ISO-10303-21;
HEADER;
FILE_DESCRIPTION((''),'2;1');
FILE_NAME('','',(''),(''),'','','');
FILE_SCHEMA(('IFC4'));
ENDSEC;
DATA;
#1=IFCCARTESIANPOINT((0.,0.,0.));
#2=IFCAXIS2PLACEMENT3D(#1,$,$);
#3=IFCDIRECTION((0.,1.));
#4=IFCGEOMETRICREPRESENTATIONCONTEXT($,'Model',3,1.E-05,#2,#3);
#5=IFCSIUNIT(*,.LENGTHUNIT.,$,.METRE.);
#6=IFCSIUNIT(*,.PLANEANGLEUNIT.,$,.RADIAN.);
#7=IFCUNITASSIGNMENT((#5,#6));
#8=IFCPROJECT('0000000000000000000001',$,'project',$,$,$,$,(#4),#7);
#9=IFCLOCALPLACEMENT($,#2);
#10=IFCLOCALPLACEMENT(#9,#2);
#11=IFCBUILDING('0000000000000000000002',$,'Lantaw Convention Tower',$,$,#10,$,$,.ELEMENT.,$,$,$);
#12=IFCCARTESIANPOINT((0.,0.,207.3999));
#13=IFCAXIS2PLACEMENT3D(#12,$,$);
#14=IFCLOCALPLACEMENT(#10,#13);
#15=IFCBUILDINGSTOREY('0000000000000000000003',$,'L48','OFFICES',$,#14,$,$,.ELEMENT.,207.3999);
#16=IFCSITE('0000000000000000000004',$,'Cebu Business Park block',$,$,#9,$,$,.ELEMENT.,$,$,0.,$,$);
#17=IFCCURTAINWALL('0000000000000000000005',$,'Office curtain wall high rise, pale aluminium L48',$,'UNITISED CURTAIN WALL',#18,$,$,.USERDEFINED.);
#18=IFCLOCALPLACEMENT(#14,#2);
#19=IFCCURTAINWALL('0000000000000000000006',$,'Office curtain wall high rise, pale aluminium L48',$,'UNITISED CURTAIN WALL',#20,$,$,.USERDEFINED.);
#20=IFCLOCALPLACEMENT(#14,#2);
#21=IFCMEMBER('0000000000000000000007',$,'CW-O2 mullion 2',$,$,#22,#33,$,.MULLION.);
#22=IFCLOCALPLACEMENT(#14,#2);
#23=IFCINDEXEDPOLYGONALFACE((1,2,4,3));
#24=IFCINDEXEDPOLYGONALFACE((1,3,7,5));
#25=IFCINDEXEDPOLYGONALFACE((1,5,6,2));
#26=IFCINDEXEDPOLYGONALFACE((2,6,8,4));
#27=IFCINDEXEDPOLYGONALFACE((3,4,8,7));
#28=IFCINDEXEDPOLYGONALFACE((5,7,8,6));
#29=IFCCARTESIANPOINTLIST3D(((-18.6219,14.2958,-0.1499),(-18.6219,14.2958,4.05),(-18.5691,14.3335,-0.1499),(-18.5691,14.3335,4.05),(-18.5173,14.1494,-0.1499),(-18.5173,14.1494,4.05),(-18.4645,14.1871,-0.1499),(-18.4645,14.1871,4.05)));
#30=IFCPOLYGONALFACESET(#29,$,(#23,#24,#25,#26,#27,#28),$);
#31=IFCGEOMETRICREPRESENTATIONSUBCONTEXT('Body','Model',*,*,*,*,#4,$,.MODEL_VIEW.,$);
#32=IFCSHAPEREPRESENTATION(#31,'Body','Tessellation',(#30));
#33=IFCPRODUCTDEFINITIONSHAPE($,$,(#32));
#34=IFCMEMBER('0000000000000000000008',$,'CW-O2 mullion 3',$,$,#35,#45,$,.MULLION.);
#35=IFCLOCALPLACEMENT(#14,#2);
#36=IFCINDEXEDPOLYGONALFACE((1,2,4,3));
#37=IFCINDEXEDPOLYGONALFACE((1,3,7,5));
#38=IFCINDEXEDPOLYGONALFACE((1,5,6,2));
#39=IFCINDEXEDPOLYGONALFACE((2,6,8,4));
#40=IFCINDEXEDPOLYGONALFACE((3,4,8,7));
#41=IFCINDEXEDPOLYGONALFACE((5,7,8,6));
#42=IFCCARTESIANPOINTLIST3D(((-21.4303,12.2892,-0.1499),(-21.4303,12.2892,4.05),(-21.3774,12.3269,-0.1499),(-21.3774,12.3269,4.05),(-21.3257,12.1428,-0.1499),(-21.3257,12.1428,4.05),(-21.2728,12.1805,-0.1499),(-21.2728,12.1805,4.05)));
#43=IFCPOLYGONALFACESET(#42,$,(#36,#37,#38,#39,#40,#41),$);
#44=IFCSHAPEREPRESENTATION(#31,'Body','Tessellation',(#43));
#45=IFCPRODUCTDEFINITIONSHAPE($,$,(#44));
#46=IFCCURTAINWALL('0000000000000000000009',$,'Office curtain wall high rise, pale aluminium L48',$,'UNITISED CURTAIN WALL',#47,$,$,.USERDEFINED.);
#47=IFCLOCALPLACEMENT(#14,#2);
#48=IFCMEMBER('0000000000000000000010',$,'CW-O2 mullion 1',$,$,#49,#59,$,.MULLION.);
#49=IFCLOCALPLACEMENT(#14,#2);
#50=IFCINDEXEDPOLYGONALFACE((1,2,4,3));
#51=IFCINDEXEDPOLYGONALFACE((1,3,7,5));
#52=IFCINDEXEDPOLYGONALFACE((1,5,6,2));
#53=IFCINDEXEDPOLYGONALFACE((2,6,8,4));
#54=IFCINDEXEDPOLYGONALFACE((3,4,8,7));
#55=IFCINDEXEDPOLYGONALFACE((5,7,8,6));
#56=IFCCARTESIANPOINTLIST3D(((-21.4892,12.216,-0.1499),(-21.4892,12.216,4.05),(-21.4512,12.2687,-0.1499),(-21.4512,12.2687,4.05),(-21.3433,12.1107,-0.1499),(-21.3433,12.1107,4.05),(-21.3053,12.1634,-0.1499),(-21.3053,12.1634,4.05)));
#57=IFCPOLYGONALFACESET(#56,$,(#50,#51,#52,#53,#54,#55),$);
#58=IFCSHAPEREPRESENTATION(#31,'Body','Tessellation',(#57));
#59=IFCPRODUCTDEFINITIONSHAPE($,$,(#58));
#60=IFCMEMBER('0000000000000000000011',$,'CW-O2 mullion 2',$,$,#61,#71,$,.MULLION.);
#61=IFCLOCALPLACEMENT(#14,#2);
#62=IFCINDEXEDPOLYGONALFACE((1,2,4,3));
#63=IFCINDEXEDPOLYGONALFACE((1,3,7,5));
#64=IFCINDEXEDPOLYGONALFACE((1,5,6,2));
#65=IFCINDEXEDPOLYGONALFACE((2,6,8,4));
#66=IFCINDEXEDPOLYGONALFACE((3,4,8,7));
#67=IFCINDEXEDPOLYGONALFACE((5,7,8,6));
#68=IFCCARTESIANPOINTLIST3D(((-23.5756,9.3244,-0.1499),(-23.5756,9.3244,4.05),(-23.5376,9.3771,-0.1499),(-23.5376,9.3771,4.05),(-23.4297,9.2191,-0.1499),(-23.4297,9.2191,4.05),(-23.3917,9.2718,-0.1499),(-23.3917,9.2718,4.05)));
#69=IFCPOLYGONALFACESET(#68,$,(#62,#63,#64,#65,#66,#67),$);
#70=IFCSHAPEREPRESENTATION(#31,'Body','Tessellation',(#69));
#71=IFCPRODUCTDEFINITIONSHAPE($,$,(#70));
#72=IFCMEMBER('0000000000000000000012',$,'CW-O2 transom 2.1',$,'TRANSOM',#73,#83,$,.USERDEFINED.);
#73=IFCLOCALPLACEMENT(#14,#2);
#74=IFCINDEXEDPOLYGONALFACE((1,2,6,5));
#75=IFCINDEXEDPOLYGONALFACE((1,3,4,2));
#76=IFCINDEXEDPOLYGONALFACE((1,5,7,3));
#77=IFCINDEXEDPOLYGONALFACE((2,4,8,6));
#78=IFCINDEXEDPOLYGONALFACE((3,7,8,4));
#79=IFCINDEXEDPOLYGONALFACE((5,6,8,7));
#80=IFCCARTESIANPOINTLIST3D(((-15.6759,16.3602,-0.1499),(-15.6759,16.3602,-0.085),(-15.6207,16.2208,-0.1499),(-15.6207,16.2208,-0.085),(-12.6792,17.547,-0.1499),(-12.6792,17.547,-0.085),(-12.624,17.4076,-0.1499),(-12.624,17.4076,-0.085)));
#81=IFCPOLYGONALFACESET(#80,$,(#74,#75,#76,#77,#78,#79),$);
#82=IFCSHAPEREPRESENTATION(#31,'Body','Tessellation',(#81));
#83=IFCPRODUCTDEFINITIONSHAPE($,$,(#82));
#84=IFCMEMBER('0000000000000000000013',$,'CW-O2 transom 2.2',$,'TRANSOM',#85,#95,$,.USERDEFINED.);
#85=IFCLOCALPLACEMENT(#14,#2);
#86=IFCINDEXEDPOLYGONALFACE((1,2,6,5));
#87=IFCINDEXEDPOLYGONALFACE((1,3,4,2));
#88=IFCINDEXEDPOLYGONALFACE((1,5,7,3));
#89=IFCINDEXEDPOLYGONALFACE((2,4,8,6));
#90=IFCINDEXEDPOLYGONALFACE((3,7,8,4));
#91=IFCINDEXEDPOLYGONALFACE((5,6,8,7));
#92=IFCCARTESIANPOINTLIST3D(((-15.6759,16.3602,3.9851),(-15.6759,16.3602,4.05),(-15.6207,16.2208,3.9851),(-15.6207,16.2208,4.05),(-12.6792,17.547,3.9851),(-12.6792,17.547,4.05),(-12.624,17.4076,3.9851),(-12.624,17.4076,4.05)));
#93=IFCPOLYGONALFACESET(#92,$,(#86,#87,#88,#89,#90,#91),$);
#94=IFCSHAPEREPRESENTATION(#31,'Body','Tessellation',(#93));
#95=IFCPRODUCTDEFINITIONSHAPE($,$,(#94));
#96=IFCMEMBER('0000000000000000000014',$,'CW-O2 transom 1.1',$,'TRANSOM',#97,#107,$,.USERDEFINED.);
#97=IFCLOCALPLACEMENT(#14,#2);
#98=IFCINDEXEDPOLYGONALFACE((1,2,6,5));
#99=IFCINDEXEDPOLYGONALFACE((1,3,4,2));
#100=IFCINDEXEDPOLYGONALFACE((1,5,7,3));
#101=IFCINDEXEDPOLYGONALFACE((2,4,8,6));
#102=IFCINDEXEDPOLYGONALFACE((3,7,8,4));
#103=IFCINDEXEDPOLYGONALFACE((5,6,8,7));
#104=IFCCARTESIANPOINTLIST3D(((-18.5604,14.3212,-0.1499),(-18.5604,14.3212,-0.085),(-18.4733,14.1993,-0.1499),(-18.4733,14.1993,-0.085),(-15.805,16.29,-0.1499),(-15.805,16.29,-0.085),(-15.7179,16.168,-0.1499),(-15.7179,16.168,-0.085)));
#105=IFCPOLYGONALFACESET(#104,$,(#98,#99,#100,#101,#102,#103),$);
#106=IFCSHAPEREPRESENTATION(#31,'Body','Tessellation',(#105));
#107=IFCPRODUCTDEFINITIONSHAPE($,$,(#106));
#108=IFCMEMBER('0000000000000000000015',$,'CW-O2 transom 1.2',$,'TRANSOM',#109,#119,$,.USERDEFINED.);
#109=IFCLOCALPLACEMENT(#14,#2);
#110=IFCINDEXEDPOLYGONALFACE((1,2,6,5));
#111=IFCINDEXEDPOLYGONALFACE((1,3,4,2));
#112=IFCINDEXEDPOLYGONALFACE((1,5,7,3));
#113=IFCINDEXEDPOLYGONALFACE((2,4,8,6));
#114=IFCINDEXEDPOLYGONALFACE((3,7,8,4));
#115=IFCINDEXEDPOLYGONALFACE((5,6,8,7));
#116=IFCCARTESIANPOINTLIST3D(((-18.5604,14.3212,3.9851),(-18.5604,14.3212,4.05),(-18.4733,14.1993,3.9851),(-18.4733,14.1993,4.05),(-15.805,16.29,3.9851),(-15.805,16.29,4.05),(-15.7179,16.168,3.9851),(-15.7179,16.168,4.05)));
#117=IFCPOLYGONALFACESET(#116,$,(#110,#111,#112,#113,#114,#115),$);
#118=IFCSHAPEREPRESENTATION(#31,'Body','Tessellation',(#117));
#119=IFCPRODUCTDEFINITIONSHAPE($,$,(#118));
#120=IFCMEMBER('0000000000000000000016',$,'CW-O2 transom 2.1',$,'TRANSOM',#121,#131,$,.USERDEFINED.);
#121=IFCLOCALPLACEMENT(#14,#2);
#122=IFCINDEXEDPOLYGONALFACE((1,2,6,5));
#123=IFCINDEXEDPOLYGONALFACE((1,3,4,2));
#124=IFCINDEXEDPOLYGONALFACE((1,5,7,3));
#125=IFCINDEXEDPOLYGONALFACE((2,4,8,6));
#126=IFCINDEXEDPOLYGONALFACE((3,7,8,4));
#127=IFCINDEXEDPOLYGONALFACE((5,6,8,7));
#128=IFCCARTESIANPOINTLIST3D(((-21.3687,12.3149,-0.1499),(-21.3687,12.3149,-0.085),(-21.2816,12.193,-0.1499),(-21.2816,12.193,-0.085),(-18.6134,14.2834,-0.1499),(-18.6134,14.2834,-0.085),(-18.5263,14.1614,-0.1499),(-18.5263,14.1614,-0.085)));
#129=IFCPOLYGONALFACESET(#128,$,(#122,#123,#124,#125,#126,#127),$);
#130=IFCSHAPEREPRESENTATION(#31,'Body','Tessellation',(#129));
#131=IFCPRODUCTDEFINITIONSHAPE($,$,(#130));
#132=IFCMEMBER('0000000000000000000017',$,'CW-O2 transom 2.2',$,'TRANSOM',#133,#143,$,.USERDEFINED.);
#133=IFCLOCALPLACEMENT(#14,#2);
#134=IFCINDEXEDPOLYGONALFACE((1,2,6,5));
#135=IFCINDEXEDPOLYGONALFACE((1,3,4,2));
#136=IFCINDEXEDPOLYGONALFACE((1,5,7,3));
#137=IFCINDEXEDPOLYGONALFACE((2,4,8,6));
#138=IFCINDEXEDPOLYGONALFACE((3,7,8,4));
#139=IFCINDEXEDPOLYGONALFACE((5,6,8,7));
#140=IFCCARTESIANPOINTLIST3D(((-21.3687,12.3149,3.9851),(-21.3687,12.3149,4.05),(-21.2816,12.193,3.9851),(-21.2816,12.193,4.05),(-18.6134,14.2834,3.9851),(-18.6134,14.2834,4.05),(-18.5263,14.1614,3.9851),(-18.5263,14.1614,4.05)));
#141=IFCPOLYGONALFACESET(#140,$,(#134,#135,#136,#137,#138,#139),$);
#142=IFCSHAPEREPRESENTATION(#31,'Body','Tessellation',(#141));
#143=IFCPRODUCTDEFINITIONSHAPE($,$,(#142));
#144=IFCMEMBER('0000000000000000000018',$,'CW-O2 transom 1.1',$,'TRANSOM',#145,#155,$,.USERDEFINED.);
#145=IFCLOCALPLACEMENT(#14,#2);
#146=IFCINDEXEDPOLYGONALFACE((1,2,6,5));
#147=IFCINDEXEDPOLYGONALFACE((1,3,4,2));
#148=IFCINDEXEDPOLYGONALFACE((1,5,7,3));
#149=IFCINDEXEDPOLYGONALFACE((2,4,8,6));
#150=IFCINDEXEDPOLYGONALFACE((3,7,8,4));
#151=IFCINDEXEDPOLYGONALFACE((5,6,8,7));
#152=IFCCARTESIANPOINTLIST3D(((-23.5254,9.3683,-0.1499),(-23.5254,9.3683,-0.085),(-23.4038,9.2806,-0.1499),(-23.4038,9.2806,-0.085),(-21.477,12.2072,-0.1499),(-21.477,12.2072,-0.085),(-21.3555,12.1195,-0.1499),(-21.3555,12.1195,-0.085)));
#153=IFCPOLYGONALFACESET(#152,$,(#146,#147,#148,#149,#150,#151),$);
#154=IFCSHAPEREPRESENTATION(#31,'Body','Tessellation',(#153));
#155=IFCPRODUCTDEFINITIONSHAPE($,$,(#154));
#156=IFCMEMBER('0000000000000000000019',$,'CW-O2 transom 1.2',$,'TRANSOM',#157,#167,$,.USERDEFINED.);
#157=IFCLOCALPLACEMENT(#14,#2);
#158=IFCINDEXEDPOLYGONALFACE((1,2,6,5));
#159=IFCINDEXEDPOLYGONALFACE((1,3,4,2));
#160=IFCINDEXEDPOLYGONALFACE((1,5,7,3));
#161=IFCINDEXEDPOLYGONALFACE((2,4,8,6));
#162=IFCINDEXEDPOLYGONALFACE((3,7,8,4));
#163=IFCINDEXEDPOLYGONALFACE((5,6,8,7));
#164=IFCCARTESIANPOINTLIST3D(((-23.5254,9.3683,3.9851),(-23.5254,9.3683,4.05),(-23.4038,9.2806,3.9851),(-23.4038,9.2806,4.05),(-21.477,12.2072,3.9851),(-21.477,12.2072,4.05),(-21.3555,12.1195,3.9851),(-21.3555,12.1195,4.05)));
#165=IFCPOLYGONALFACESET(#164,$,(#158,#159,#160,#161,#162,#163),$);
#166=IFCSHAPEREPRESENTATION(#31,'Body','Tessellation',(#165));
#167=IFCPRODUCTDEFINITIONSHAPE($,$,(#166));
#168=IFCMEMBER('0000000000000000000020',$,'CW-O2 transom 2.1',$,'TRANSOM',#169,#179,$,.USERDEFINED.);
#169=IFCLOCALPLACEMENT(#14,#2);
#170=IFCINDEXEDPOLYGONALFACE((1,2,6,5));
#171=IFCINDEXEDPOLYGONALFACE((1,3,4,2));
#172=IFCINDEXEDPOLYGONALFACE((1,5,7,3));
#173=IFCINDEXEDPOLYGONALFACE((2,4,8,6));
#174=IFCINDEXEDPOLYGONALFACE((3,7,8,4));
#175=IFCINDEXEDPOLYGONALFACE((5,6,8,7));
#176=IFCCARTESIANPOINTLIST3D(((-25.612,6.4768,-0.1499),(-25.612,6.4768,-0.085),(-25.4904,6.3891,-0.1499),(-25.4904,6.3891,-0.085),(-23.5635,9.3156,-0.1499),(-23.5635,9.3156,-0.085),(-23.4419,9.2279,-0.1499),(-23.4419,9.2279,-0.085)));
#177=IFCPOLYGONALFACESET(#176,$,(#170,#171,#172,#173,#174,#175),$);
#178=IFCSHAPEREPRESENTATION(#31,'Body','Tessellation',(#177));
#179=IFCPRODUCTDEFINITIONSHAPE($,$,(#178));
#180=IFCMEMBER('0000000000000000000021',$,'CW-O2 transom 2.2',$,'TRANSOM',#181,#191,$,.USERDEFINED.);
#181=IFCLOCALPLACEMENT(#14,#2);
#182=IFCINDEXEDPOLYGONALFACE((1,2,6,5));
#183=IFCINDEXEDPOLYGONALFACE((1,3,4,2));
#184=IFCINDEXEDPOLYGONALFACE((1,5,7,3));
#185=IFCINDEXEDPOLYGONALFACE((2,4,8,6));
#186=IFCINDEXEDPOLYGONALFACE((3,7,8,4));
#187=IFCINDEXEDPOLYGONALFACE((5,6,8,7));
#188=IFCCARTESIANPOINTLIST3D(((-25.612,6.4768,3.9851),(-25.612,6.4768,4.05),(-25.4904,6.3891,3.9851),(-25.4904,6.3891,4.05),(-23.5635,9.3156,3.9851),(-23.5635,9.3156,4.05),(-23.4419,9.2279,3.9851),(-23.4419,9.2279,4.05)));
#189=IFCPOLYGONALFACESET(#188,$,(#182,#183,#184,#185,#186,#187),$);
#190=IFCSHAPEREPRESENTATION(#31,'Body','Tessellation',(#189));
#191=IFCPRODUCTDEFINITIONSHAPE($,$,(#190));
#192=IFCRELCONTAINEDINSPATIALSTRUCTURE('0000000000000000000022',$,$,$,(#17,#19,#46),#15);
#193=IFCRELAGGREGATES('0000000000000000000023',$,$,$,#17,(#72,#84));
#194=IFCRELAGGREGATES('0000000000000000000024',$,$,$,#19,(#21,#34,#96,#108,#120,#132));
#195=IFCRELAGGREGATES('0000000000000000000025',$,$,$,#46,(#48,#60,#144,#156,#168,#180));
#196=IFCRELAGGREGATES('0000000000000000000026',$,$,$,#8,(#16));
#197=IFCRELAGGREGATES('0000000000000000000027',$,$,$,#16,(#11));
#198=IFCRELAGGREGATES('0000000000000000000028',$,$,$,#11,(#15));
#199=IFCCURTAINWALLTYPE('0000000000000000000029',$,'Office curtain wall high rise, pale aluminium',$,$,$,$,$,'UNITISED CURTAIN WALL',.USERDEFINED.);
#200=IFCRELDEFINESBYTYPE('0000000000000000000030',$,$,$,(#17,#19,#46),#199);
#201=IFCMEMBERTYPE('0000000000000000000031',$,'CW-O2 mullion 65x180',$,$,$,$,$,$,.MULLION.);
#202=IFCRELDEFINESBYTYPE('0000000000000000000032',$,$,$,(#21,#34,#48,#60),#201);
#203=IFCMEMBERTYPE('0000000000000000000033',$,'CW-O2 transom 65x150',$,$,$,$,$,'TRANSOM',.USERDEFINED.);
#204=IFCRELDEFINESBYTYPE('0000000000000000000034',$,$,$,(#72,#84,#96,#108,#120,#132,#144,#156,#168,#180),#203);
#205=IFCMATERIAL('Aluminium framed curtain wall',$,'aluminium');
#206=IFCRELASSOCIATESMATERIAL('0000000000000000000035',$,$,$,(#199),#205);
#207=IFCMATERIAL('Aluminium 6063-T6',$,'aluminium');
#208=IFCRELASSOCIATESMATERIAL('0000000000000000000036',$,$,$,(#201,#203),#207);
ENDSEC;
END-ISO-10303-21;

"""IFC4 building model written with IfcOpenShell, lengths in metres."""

from ifc_helpers import new_model, si_unit, direction, frame, origin, origin_2d, place, context, subcontext, project, spatial, rectangle, extrude, material, material_profile, profile_set, type_object, element, aggregate, save


model = new_model("IFC4")

# Units and contexts
model_context = context("Model", 3, precision=1e-05, world=origin(), true_north=direction((0.0, 1.0)))
body_context = subcontext(model_context, "Body", "Model", "MODEL_VIEW")
ifc_project = project(units=[si_unit("LENGTHUNIT", "METRE"), si_unit("PLANEANGLEUNIT", "RADIAN")], contexts=[model_context])

# Site, building, storey
site_placement = place(None, origin())
site = spatial("IfcSite", under=ifc_project, at=site_placement, Name="Cebu Business Park block", CompositionType="ELEMENT", RefElevation=0.0)
building_placement = place(site_placement, origin())
building = spatial("IfcBuilding", under=site, at=building_placement, Name="Lantaw Convention Tower", CompositionType="ELEMENT")
storey_placement = place(building_placement, frame((0.0, 0.0, 207.3999)))
storey = spatial("IfcBuildingStorey", under=building, at=storey_placement, Name="L48", Description="OFFICES", CompositionType="ELEMENT", Elevation=207.3999)

# Curtain walls, members
ifc_material_1 = material(Name="Aluminium framed curtain wall", Category="aluminium")
curtain_wall_type = type_object("IfcCurtainWallType", Name="Office curtain wall high rise, pale aluminium", ElementType="UNITISED CURTAIN WALL", PredefinedType="USERDEFINED", material=ifc_material_1)
curtain_wall_1_placement = place(storey_placement, origin())
curtain_wall_1 = element("IfcCurtainWall", 1, at=curtain_wall_1_placement, inside=storey, type_object=curtain_wall_type, Name="Office curtain wall high rise, pale aluminium L48", ObjectType="UNITISED CURTAIN WALL", PredefinedType="USERDEFINED")
ifc_material_2 = material(Name="Aluminium 6063-T6", Category="aluminium")
ifc_material_profile_1 = material_profile(ifc_material_2, rectangle(XDim=0.1799, YDim=0.0649, at=origin_2d()), Name="CW-O2 mullion 65x180")
ifc_profile_set_1 = profile_set([ifc_material_profile_1], Name="Aluminium 6063-T6")
member_type_1 = type_object("IfcMemberType", Name="CW-O2 mullion 65x180", PredefinedType="MULLION", material=ifc_profile_set_1)
curtain_wall_2_placement = place(storey_placement, origin())
curtain_wall_2 = element("IfcCurtainWall", 2, at=curtain_wall_2_placement, inside=storey, type_object=curtain_wall_type, Name="Office curtain wall high rise, pale aluminium L48", ObjectType="UNITISED CURTAIN WALL", PredefinedType="USERDEFINED")
member_1_placement = place(storey_placement, frame((-18.5432, 14.2415, -0.1499), z_axis=(0.0, 0.0, 1.0), x_axis=(0.581323, -0.813673, 0.0)))
member_1 = element("IfcMember", 3, at=member_1_placement, type_object=member_type_1, Name="CW-O2 mullion 2", PredefinedType="MULLION", context=body_context, shape_type="SweptSolid", body=[
    extrude(rectangle(XDim=0.1799, YDim=0.0649, at=origin_2d()), origin(), (0.0, 0.0, 1.0), 4.2),
])
member_2_placement = place(storey_placement, frame((-21.3516, 12.2349, -0.1499), z_axis=(0.0, 0.0, 1.0), x_axis=(0.581323, -0.813673, 0.0)))
member_2 = element("IfcMember", 4, at=member_2_placement, type_object=member_type_1, Name="CW-O2 mullion 3", PredefinedType="MULLION", context=body_context, shape_type="SweptSolid", body=[
    extrude(rectangle(XDim=0.1799, YDim=0.0649, at=origin_2d()), origin(), (0.0, 0.0, 1.0), 4.2),
])
curtain_wall_3_placement = place(storey_placement, origin())
curtain_wall_3 = element("IfcCurtainWall", 5, at=curtain_wall_3_placement, inside=storey, type_object=curtain_wall_type, Name="Office curtain wall high rise, pale aluminium L48", ObjectType="UNITISED CURTAIN WALL", PredefinedType="USERDEFINED")
member_3_placement = place(storey_placement, frame((-21.3972, 12.1897, -0.1499), z_axis=(0.0, 0.0, 1.0), x_axis=(0.81092, -0.585158, 0.0)))
member_3 = element("IfcMember", 6, at=member_3_placement, type_object=member_type_1, Name="CW-O2 mullion 1", PredefinedType="MULLION", context=body_context, shape_type="SweptSolid", body=[
    extrude(rectangle(XDim=0.1799, YDim=0.0649, at=origin_2d()), origin(), (0.0, 0.0, 1.0), 4.2),
])
member_4_placement = place(storey_placement, frame((-23.4836, 9.2981, -0.1499), z_axis=(0.0, 0.0, 1.0), x_axis=(0.81092, -0.585158, 0.0)))
member_4 = element("IfcMember", 7, at=member_4_placement, type_object=member_type_1, Name="CW-O2 mullion 2", PredefinedType="MULLION", context=body_context, shape_type="SweptSolid", body=[
    extrude(rectangle(XDim=0.1799, YDim=0.0649, at=origin_2d()), origin(), (0.0, 0.0, 1.0), 4.2),
])

# Members
ifc_material_profile_2 = material_profile(ifc_material_2, rectangle(XDim=0.1499, YDim=0.0649, at=origin_2d()), Name="CW-O2 transom 65x150")
ifc_profile_set_2 = profile_set([ifc_material_profile_2], Name="Aluminium 6063-T6")
member_type_2 = type_object("IfcMemberType", Name="CW-O2 transom 65x150", ElementType="TRANSOM", PredefinedType="USERDEFINED", material=ifc_profile_set_2)
member_5_placement = place(storey_placement, frame((-12.6516, 17.4773, -0.1174), z_axis=(-0.929741, -0.368215, 0.0), x_axis=(0.368215, -0.929741, 0.0)))
member_5 = element("IfcMember", 8, at=member_5_placement, type_object=member_type_2, Name="CW-O2 transom 2.1", ObjectType="TRANSOM", PredefinedType="USERDEFINED", context=body_context, shape_type="SweptSolid", body=[
    extrude(rectangle(XDim=0.1499, YDim=0.0649, at=origin_2d()), origin(), (0.0, 0.0, 1.0), 3.2231),
])
member_6_placement = place(storey_placement, frame((-12.6516, 17.4773, 4.0176), z_axis=(-0.929741, -0.368215, 0.0), x_axis=(0.368215, -0.929741, 0.0)))
member_6 = element("IfcMember", 9, at=member_6_placement, type_object=member_type_2, Name="CW-O2 transom 2.2", ObjectType="TRANSOM", PredefinedType="USERDEFINED", context=body_context, shape_type="SweptSolid", body=[
    extrude(rectangle(XDim=0.1499, YDim=0.0649, at=origin_2d()), origin(), (0.0, 0.0, 1.0), 3.2231),
])
member_7_placement = place(storey_placement, frame((-15.7615, 16.229, -0.1174), z_axis=(-0.813646, -0.581361, 0.0), x_axis=(0.581361, -0.813646, 0.0)))
member_7 = element("IfcMember", 10, at=member_7_placement, type_object=member_type_2, Name="CW-O2 transom 1.1", ObjectType="TRANSOM", PredefinedType="USERDEFINED", context=body_context, shape_type="SweptSolid", body=[
    extrude(rectangle(XDim=0.1499, YDim=0.0649, at=origin_2d()), origin(), (0.0, 0.0, 1.0), 3.3865),
])
member_8_placement = place(storey_placement, frame((-15.7615, 16.229, 4.0176), z_axis=(-0.813646, -0.581361, 0.0), x_axis=(0.581361, -0.813646, 0.0)))
member_8 = element("IfcMember", 11, at=member_8_placement, type_object=member_type_2, Name="CW-O2 transom 1.2", ObjectType="TRANSOM", PredefinedType="USERDEFINED", context=body_context, shape_type="SweptSolid", body=[
    extrude(rectangle(XDim=0.1499, YDim=0.0649, at=origin_2d()), origin(), (0.0, 0.0, 1.0), 3.3865),
])
member_9_placement = place(storey_placement, frame((-18.5698, 14.2224, -0.1174), z_axis=(-0.81368, -0.581313, 0.0), x_axis=(0.581313, -0.81368, 0.0)))
member_9 = element("IfcMember", 12, at=member_9_placement, type_object=member_type_2, Name="CW-O2 transom 2.1", ObjectType="TRANSOM", PredefinedType="USERDEFINED", context=body_context, shape_type="SweptSolid", body=[
    extrude(rectangle(XDim=0.1499, YDim=0.0649, at=origin_2d()), origin(), (0.0, 0.0, 1.0), 3.3862),
])
member_10_placement = place(storey_placement, frame((-18.5698, 14.2224, 4.0176), z_axis=(-0.81368, -0.581313, 0.0), x_axis=(0.581313, -0.81368, 0.0)))
member_10 = element("IfcMember", 13, at=member_10_placement, type_object=member_type_2, Name="CW-O2 transom 2.2", ObjectType="TRANSOM", PredefinedType="USERDEFINED", context=body_context, shape_type="SweptSolid", body=[
    extrude(rectangle(XDim=0.1499, YDim=0.0649, at=origin_2d()), origin(), (0.0, 0.0, 1.0), 3.3862),
])
member_11_placement = place(storey_placement, frame((-21.4163, 12.1633, -0.1174), z_axis=(-0.585124, -0.810944, 0.0), x_axis=(0.810944, -0.585124, 0.0)))
member_11 = element("IfcMember", 14, at=member_11_placement, type_object=member_type_2, Name="CW-O2 transom 1.1", ObjectType="TRANSOM", PredefinedType="USERDEFINED", context=body_context, shape_type="SweptSolid", body=[
    extrude(rectangle(XDim=0.1499, YDim=0.0649, at=origin_2d()), origin(), (0.0, 0.0, 1.0), 3.5007),
])
member_12_placement = place(storey_placement, frame((-21.4163, 12.1633, 4.0176), z_axis=(-0.585124, -0.810944, 0.0), x_axis=(0.810944, -0.585124, 0.0)))
member_12 = element("IfcMember", 15, at=member_12_placement, type_object=member_type_2, Name="CW-O2 transom 1.2", ObjectType="TRANSOM", PredefinedType="USERDEFINED", context=body_context, shape_type="SweptSolid", body=[
    extrude(rectangle(XDim=0.1499, YDim=0.0649, at=origin_2d()), origin(), (0.0, 0.0, 1.0), 3.5007),
])
member_13_placement = place(storey_placement, frame((-23.5027, 9.2717, -0.1174), z_axis=(-0.58517, -0.810911, 0.0), x_axis=(0.810911, -0.58517, 0.0)))
member_13 = element("IfcMember", 16, at=member_13_placement, type_object=member_type_2, Name="CW-O2 transom 2.1", ObjectType="TRANSOM", PredefinedType="USERDEFINED", context=body_context, shape_type="SweptSolid", body=[
    extrude(rectangle(XDim=0.1499, YDim=0.0649, at=origin_2d()), origin(), (0.0, 0.0, 1.0), 3.5007),
])
member_14_placement = place(storey_placement, frame((-23.5027, 9.2717, 4.0176), z_axis=(-0.58517, -0.810911, 0.0), x_axis=(0.810911, -0.58517, 0.0)))
member_14 = element("IfcMember", 17, at=member_14_placement, type_object=member_type_2, Name="CW-O2 transom 2.2", ObjectType="TRANSOM", PredefinedType="USERDEFINED", context=body_context, shape_type="SweptSolid", body=[
    extrude(rectangle(XDim=0.1499, YDim=0.0649, at=origin_2d()), origin(), (0.0, 0.0, 1.0), 3.5007),
])

aggregate(curtain_wall_1, [member_5, member_6])
aggregate(curtain_wall_2, [member_1, member_2, member_7, member_8, member_9, member_10])
aggregate(curtain_wall_3, [member_3, member_4, member_11, member_12, member_13, member_14])

save(model, "model.ifc")
